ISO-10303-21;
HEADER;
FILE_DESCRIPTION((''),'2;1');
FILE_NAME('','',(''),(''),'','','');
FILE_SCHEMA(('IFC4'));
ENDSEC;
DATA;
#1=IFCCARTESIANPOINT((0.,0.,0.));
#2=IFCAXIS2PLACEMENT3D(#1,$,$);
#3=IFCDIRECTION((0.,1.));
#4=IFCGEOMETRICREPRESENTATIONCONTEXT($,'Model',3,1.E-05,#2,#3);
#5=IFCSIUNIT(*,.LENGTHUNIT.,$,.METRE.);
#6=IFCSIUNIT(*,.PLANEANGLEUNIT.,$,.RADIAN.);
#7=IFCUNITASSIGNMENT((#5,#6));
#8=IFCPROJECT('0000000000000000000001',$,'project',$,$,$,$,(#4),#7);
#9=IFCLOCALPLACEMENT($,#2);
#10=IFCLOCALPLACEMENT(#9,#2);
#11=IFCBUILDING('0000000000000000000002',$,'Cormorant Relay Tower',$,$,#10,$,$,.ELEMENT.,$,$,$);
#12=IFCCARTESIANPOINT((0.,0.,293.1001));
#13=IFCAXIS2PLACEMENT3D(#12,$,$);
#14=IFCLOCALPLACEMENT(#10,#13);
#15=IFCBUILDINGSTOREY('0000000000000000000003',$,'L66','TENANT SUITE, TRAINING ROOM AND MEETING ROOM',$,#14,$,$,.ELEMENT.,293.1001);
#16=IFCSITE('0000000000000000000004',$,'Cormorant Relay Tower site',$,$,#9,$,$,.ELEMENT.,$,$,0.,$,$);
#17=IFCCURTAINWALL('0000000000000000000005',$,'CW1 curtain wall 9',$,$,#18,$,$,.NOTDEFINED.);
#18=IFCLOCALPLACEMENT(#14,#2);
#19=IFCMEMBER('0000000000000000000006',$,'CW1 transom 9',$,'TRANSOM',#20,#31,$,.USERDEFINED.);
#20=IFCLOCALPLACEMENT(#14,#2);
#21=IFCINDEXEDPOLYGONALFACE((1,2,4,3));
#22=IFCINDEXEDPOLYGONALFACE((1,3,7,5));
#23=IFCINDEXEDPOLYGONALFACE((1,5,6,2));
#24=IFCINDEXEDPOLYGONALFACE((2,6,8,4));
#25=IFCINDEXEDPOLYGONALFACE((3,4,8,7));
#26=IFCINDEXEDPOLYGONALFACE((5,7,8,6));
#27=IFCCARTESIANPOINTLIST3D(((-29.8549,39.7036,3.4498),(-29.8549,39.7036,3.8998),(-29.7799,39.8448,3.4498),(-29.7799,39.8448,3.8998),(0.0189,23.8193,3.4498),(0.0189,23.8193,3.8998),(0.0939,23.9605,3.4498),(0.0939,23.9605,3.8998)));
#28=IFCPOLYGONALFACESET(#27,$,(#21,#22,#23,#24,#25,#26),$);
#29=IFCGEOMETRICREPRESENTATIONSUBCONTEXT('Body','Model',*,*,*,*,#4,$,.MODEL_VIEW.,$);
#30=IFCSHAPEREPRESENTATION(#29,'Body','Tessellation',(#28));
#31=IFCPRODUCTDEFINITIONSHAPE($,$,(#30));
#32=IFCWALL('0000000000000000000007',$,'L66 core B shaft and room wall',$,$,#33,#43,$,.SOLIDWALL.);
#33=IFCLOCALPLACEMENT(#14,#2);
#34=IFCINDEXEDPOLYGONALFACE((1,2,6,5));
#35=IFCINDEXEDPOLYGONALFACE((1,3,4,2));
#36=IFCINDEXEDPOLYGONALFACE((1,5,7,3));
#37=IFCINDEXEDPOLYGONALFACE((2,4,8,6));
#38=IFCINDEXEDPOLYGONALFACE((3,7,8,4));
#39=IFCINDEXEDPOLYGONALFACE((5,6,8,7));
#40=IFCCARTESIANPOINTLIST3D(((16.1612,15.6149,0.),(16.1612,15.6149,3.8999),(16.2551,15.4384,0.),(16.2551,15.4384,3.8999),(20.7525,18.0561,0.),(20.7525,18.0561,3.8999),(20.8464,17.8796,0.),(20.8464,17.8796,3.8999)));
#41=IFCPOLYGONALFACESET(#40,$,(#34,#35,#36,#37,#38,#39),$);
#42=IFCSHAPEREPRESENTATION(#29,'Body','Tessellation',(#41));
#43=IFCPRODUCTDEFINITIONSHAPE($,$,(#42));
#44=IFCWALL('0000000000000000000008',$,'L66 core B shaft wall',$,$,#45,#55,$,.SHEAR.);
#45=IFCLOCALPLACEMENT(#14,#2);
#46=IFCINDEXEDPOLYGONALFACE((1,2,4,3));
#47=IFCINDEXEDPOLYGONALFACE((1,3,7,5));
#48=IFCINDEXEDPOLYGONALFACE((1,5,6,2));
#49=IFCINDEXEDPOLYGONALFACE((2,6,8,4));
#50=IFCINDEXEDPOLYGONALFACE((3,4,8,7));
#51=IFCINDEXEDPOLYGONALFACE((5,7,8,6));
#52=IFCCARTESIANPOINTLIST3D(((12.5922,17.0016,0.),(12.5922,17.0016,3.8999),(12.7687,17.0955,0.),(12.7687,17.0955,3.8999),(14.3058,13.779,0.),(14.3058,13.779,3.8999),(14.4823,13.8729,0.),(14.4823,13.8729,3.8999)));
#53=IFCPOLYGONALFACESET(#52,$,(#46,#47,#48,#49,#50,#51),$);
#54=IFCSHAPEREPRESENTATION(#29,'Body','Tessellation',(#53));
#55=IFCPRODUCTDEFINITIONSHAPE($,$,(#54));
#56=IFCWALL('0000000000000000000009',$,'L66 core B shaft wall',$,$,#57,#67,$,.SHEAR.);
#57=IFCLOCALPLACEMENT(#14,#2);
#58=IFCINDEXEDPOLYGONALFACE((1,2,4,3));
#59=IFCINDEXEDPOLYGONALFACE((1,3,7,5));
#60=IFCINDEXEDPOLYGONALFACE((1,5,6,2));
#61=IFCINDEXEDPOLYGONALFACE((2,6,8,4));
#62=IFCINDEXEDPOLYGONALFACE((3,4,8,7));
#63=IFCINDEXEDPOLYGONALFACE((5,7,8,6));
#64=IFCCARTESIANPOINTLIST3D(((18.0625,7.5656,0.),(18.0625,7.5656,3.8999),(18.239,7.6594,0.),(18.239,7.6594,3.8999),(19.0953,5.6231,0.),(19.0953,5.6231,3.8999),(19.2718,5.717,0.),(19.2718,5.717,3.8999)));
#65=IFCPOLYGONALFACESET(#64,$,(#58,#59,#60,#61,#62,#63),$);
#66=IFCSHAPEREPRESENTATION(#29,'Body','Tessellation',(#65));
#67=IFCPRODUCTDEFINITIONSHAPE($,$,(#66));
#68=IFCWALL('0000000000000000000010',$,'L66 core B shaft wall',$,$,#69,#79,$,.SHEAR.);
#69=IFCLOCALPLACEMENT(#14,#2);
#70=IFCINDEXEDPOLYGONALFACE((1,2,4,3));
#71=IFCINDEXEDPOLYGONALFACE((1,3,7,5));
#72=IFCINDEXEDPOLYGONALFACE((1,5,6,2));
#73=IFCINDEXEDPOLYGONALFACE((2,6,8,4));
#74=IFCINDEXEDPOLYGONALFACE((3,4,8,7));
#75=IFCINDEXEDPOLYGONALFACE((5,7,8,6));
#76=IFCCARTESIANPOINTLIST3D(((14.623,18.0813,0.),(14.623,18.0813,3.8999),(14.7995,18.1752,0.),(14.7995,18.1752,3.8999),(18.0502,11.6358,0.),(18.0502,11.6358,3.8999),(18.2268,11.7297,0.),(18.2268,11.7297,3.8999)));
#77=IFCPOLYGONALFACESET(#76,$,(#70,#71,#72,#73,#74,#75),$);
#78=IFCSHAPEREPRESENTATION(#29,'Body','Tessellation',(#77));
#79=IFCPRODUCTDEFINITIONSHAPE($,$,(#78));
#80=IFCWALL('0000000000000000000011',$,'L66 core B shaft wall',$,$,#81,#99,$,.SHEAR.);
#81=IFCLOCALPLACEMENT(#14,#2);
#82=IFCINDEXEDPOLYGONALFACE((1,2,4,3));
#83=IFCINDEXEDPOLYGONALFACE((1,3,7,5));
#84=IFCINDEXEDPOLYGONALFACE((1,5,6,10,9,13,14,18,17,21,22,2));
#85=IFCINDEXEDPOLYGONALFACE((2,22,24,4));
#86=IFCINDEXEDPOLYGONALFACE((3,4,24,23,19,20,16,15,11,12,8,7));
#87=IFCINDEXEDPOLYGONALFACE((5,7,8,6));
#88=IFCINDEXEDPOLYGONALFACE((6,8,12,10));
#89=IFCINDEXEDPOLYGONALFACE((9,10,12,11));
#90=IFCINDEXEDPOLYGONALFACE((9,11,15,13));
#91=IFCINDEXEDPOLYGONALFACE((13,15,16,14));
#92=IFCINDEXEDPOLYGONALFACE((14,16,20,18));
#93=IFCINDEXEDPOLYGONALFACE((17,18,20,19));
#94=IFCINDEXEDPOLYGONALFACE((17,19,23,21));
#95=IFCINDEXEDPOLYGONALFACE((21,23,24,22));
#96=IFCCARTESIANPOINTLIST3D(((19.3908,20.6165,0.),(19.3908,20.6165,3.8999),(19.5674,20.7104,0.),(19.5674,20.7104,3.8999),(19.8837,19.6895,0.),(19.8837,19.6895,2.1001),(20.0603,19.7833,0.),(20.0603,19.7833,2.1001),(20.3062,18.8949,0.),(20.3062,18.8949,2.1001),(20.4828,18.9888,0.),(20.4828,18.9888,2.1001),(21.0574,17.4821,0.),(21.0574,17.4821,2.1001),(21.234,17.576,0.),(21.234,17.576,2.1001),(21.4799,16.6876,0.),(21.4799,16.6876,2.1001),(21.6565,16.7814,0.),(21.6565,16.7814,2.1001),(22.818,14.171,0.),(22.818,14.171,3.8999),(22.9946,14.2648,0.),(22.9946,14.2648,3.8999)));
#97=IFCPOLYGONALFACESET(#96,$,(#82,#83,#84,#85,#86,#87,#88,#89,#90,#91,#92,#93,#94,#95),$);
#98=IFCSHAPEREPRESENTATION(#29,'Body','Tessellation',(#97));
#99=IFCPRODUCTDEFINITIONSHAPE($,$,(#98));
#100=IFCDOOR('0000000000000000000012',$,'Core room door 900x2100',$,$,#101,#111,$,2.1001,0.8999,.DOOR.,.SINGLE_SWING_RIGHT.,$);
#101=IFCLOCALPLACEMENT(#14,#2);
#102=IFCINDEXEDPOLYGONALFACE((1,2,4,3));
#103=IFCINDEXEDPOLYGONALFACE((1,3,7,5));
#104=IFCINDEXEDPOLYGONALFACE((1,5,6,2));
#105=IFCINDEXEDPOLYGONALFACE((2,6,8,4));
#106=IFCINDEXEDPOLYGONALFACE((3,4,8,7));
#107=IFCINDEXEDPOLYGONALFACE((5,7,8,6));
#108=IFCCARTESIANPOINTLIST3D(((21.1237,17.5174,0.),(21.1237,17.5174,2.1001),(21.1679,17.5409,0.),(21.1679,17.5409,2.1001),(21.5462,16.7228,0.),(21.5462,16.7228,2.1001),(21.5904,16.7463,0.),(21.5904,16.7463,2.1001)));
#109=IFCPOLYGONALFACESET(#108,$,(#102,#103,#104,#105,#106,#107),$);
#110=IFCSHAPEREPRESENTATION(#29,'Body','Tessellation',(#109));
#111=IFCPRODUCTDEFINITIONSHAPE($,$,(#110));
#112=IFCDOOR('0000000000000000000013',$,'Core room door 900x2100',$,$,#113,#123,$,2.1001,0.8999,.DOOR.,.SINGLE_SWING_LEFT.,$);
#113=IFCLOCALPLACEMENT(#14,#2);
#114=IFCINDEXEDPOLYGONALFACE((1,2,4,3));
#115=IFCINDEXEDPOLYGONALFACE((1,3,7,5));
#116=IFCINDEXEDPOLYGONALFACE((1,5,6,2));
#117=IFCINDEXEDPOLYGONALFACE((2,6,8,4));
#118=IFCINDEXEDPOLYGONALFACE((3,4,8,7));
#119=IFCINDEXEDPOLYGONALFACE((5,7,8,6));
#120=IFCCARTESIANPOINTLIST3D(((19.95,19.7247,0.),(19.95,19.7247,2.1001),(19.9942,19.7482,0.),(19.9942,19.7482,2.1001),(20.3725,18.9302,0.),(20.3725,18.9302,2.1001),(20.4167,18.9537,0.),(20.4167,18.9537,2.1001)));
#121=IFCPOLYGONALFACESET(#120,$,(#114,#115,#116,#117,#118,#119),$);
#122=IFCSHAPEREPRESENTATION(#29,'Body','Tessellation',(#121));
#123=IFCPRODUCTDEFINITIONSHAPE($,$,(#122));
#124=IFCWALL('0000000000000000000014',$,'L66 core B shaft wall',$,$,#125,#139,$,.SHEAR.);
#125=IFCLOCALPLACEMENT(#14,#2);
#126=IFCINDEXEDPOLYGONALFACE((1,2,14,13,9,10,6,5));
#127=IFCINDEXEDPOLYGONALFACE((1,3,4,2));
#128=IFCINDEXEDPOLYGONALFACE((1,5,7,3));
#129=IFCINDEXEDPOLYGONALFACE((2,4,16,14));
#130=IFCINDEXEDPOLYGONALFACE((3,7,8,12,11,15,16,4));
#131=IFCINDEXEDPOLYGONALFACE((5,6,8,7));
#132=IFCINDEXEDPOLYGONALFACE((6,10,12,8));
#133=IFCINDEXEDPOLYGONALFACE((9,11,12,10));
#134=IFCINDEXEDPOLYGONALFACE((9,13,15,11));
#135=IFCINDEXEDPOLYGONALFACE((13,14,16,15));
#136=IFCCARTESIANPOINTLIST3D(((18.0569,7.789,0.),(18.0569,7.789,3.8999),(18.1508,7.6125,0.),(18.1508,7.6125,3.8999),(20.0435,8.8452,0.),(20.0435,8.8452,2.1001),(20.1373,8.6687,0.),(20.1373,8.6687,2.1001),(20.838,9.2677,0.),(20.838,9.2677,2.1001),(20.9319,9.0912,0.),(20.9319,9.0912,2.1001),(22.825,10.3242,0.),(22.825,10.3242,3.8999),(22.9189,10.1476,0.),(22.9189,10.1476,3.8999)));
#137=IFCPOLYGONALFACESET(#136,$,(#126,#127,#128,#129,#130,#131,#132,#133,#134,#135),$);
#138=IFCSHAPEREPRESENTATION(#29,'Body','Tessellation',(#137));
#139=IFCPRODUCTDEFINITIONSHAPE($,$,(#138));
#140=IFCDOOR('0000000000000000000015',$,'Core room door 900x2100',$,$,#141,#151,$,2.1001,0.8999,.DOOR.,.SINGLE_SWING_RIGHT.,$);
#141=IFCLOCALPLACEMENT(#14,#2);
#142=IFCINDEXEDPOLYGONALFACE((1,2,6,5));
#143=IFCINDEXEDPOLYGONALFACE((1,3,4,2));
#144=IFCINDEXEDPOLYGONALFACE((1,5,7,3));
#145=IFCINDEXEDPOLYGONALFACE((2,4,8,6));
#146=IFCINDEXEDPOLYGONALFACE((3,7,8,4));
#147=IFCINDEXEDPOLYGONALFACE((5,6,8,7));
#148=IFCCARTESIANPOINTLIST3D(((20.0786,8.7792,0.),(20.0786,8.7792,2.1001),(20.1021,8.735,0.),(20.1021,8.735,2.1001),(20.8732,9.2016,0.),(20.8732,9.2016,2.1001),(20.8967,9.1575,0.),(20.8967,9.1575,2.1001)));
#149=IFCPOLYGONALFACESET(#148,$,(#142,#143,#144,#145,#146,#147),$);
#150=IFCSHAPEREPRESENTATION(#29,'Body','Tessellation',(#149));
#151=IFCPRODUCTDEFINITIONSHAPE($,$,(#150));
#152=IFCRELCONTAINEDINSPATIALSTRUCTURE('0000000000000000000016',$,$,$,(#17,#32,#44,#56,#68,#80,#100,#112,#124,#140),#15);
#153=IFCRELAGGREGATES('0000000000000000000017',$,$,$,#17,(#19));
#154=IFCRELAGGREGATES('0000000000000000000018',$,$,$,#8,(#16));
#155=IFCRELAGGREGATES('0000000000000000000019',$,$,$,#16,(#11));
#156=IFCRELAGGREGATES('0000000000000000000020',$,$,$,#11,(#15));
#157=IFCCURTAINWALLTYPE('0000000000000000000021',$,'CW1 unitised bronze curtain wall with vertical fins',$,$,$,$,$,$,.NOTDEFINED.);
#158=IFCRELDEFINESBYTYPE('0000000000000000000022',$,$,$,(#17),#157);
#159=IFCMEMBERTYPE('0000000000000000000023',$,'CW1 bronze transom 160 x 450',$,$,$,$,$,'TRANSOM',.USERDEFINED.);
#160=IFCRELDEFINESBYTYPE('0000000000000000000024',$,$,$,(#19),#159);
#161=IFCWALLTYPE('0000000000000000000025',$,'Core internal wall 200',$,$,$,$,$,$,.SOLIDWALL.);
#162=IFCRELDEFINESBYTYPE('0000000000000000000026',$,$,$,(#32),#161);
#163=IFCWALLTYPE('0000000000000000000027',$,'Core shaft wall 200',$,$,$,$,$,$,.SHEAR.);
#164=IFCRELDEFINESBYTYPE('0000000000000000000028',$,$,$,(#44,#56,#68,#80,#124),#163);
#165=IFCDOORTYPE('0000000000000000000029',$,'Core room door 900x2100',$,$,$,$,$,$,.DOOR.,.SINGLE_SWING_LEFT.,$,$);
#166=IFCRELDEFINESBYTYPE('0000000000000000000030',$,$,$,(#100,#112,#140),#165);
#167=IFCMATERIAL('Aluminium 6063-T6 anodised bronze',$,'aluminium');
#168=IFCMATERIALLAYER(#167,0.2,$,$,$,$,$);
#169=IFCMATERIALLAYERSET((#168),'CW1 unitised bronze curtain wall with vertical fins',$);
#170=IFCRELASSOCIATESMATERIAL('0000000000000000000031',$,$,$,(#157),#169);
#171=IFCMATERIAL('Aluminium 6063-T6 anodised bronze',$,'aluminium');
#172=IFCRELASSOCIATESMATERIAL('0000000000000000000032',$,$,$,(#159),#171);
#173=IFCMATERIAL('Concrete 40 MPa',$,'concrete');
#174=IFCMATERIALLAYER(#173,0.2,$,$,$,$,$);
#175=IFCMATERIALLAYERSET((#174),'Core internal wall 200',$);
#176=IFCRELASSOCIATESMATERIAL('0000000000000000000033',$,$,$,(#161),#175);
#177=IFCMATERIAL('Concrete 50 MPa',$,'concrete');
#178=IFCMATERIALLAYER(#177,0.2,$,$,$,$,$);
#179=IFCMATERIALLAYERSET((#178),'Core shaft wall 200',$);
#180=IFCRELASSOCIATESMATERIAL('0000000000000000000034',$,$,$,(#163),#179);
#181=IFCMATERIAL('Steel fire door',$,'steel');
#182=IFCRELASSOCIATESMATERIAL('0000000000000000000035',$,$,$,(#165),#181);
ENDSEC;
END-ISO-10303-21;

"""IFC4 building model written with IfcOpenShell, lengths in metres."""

from ifc_helpers import new_model, si_unit, direction, frame, frame_2d, origin, origin_2d, place, context, subcontext, project, spatial, rectangle, extrude, material, layer, layer_set, material_profile, profile_set, type_object, element, fill, aggregate, save


model = new_model("IFC4")

# Units and contexts
model_context = context("Model", 3, precision=1e-05, world=origin(), true_north=direction((0.0, 1.0)))
body_context = subcontext(model_context, "Body", "Model", "MODEL_VIEW")
ifc_project = project(units=[si_unit("LENGTHUNIT", "METRE"), si_unit("PLANEANGLEUNIT", "RADIAN")], contexts=[model_context])

# Site, building, storey
site_placement = place(None, origin())
site = spatial("IfcSite", under=ifc_project, at=site_placement, Name="Cormorant Relay Tower site", CompositionType="ELEMENT", RefElevation=0.0)
building_placement = place(site_placement, origin())
building = spatial("IfcBuilding", under=site, at=building_placement, Name="Cormorant Relay Tower", CompositionType="ELEMENT")
storey_placement = place(building_placement, frame((0.0, 0.0, 293.1001)))
storey = spatial("IfcBuildingStorey", under=building, at=storey_placement, Name="L66", Description="TENANT SUITE, TRAINING ROOM AND MEETING ROOM", CompositionType="ELEMENT", Elevation=293.1001)

# Curtain wall, member
ifc_material_1 = material(Name="Aluminium 6063-T6 anodised bronze", Category="aluminium")
ifc_layer_1 = layer(ifc_material_1, 0.2)
ifc_layer_set_1 = layer_set([ifc_layer_1], Name="CW1 unitised bronze curtain wall with vertical fins")
curtain_wall_type = type_object("IfcCurtainWallType", Name="CW1 unitised bronze curtain wall with vertical fins", PredefinedType="NOTDEFINED", material=ifc_layer_set_1)
curtain_wall_placement = place(storey_placement, origin())
curtain_wall = element("IfcCurtainWall", 1, at=curtain_wall_placement, inside=storey, type_object=curtain_wall_type, Name="CW1 curtain wall 9", PredefinedType="NOTDEFINED")
ifc_material_2 = material(Name="Aluminium 6063-T6 anodised bronze", Category="aluminium")
ifc_material_profile_1 = material_profile(ifc_material_2, rectangle(XDim=0.1599, YDim=0.45, at=origin_2d()), Name="AL 160x450")
ifc_profile_set_1 = profile_set([ifc_material_profile_1], Name="Aluminium 6063-T6 anodised bronze")
member_type = type_object("IfcMemberType", Name="CW1 bronze transom 160 x 450", ElementType="TRANSOM", PredefinedType="USERDEFINED", material=ifc_profile_set_1)
member_placement = place(storey_placement, frame((0.0564, 23.8899, 3.6748), z_axis=(-0.882946, 0.469474, 0.0), x_axis=(-0.469474, -0.882946, 0.0)))
member = element("IfcMember", 2, at=member_placement, type_object=member_type, Name="CW1 transom 9", ObjectType="TRANSOM", PredefinedType="USERDEFINED", context=body_context, shape_type="SweptSolid", body=[
    extrude(rectangle(XDim=0.1599, YDim=0.45, at=origin_2d()), origin(), (0.0, 0.0, 1.0), 33.8342),
])
aggregate(curtain_wall, [member])

# Walls
ifc_material_3 = material(Name="Concrete 40 MPa", Category="concrete")
ifc_layer_2 = layer(ifc_material_3, 0.2)
ifc_layer_set_2 = layer_set([ifc_layer_2], Name="Core internal wall 200")
wall_type_1 = type_object("IfcWallType", Name="Core internal wall 200", PredefinedType="SOLIDWALL", material=ifc_layer_set_2)
wall_1_placement = place(storey_placement, frame((16.208, 15.5266, 0.0), z_axis=(0.0, 0.0, 1.0), x_axis=(0.882954, 0.46946, 0.0)))
element("IfcWall", 3, at=wall_1_placement, inside=storey, type_object=wall_type_1, Name="L66 core B shaft and room wall", PredefinedType="SOLIDWALL", context=body_context, shape_type="SweptSolid", body=[
    extrude(rectangle(XDim=5.2, YDim=0.2, at=frame_2d((2.6001, 0.0))), origin(), (0.0, 0.0, 1.0), 3.8999),
])
ifc_material_4 = material(Name="Concrete 50 MPa", Category="concrete")
ifc_layer_3 = layer(ifc_material_4, 0.2)
ifc_layer_set_3 = layer_set([ifc_layer_3], Name="Core shaft wall 200")
wall_type_2 = type_object("IfcWallType", Name="Core shaft wall 200", PredefinedType="SHEAR", material=ifc_layer_set_3)
wall_2_placement = place(storey_placement, frame((14.394, 13.8259, 0.0), z_axis=(0.0, 0.0, 1.0), x_axis=(-0.469494, 0.882936, 0.0)))
element("IfcWall", 4, at=wall_2_placement, inside=storey, type_object=wall_type_2, Name="L66 core B shaft wall", PredefinedType="SHEAR", context=body_context, shape_type="SweptSolid", body=[
    extrude(rectangle(XDim=3.6499, YDim=0.2, at=frame_2d((1.825, 0.0))), origin(), (0.0, 0.0, 1.0), 3.8999),
])
wall_3_placement = place(storey_placement, frame((19.1836, 5.6699, 0.0), z_axis=(0.0, 0.0, 1.0), x_axis=(-0.469447, 0.88296, 0.0)))
element("IfcWall", 5, at=wall_3_placement, inside=storey, type_object=wall_type_2, Name="L66 core B shaft wall", PredefinedType="SHEAR", context=body_context, shape_type="SweptSolid", body=[
    extrude(rectangle(XDim=2.2, YDim=0.2, at=frame_2d((1.1001, 0.0))), origin(), (0.0, 0.0, 1.0), 3.8999),
])
wall_4_placement = place(storey_placement, frame((18.1384, 11.6829, 0.0), z_axis=(0.0, 0.0, 1.0), x_axis=(-0.46948, 0.882943, 0.0)))
element("IfcWall", 6, at=wall_4_placement, inside=storey, type_object=wall_type_2, Name="L66 core B shaft wall", PredefinedType="SHEAR", context=body_context, shape_type="SweptSolid", body=[
    extrude(rectangle(XDim=7.3, YDim=0.2, at=frame_2d((3.6499, 0.0))), origin(), (0.0, 0.0, 1.0), 3.8999),
])

# Wall, openings, doors
wall_5_placement = place(storey_placement, frame((22.9062, 14.218, 0.0), z_axis=(0.0, 0.0, 1.0), x_axis=(-0.46948, 0.882943, 0.0)))
wall_5 = element("IfcWall", 7, at=wall_5_placement, inside=storey, type_object=wall_type_2, Name="L66 core B shaft wall", PredefinedType="SHEAR", context=body_context, shape_type="SweptSolid", body=[
    extrude(rectangle(XDim=7.3, YDim=0.2, at=frame_2d((3.6499, 0.0))), origin(), (0.0, 0.0, 1.0), 3.8999),
])
opening_1_placement = place(wall_5_placement, frame((2.8501, 0.0, 0.0)))
opening_1 = element("IfcOpeningElement", 8, at=opening_1_placement, cuts=wall_5, PredefinedType="OPENING", context=body_context, shape_type="SweptSolid", body=[
    extrude(rectangle(XDim=0.8999, YDim=2.1001, at=frame_2d((0.45, 1.05))), frame((0.0, 0.1099, 0.0), z_axis=(0.0, -1.0, 0.0), x_axis=(1.0, 0.0, 0.0)), (0.0, 0.0, 1.0), 0.22),
])
opening_2_placement = place(wall_5_placement, frame((5.3501, 0.0, 0.0)))
opening_2 = element("IfcOpeningElement", 9, at=opening_2_placement, cuts=wall_5, PredefinedType="OPENING", context=body_context, shape_type="SweptSolid", body=[
    extrude(rectangle(XDim=0.8999, YDim=2.1001, at=frame_2d((0.45, 1.05))), frame((0.0, 0.1099, 0.0), z_axis=(0.0, -1.0, 0.0), x_axis=(1.0, 0.0, 0.0)), (0.0, 0.0, 1.0), 0.22),
])
ifc_material_5 = material(Name="Steel fire door", Category="steel")
door_type_1 = type_object("IfcDoorType", Name="Core room door 900x2100", OperationType="SINGLE_SWING_LEFT", PredefinedType="DOOR", material=ifc_material_5)
door_1_placement = place(opening_1_placement, origin())
door_1 = element("IfcDoor", 10, at=door_1_placement, inside=storey, type_object=door_type_1, Name="Core room door 900x2100", OperationType="SINGLE_SWING_RIGHT", OverallHeight=2.1001, OverallWidth=0.8999, PredefinedType="DOOR", context=body_context, shape_type="SweptSolid", body=[
    extrude(rectangle(XDim=0.8999, YDim=2.1001, at=frame_2d((0.45, 1.05))), frame((0.0, 0.0249, 0.0), z_axis=(0.0, -1.0, 0.0), x_axis=(1.0, 0.0, 0.0)), (0.0, 0.0, 1.0), 0.05),
])
fill(opening_1, door_1)
door_2_placement = place(opening_2_placement, origin())
door_2 = element("IfcDoor", 11, at=door_2_placement, inside=storey, type_object=door_type_1, Name="Core room door 900x2100", OperationType="SINGLE_SWING_LEFT", OverallHeight=2.1001, OverallWidth=0.8999, PredefinedType="DOOR", context=body_context, shape_type="SweptSolid", body=[
    extrude(rectangle(XDim=0.8999, YDim=2.1001, at=frame_2d((0.45, 1.05))), frame((0.0, 0.0249, 0.0), z_axis=(0.0, -1.0, 0.0), x_axis=(1.0, 0.0, 0.0)), (0.0, 0.0, 1.0), 0.05),
])
fill(opening_2, door_2)

# Wall, opening, door
wall_6_placement = place(storey_placement, frame((18.1038, 7.7007, 0.0), z_axis=(0.0, 0.0, 1.0), x_axis=(0.882953, 0.469462, 0.0)))
wall_6 = element("IfcWall", 12, at=wall_6_placement, inside=storey, type_object=wall_type_2, Name="L66 core B shaft wall", PredefinedType="SHEAR", context=body_context, shape_type="SweptSolid", body=[
    extrude(rectangle(XDim=5.4001, YDim=0.2, at=frame_2d((2.7002, 0.0))), origin(), (0.0, 0.0, 1.0), 3.8999),
])
opening_3_placement = place(wall_6_placement, frame((2.25, 0.0, 0.0)))
opening_3 = element("IfcOpeningElement", 13, at=opening_3_placement, cuts=wall_6, PredefinedType="OPENING", context=body_context, shape_type="SweptSolid", body=[
    extrude(rectangle(XDim=0.8999, YDim=2.1001, at=frame_2d((0.45, 1.05))), frame((0.0, 0.1099, 0.0), z_axis=(0.0, -1.0, 0.0), x_axis=(1.0, 0.0, 0.0)), (0.0, 0.0, 1.0), 0.22),
])
door_3_placement = place(opening_3_placement, frame((0.8999, 0.0, 0.0), z_axis=(0.0, 0.0, 1.0), x_axis=(-1.0, 0.0, 0.0)))
door_3 = element("IfcDoor", 14, at=door_3_placement, inside=storey, type_object=door_type_1, Name="Core room door 900x2100", OperationType="SINGLE_SWING_RIGHT", OverallHeight=2.1001, OverallWidth=0.8999, PredefinedType="DOOR", context=body_context, shape_type="SweptSolid", body=[
    extrude(rectangle(XDim=0.8999, YDim=2.1001, at=frame_2d((0.45, 1.05))), frame((0.0, 0.0249, 0.0), z_axis=(0.0, -1.0, 0.0), x_axis=(1.0, 0.0, 0.0)), (0.0, 0.0, 1.0), 0.05),
])
fill(opening_3, door_3)

save(model, "model.ifc")
